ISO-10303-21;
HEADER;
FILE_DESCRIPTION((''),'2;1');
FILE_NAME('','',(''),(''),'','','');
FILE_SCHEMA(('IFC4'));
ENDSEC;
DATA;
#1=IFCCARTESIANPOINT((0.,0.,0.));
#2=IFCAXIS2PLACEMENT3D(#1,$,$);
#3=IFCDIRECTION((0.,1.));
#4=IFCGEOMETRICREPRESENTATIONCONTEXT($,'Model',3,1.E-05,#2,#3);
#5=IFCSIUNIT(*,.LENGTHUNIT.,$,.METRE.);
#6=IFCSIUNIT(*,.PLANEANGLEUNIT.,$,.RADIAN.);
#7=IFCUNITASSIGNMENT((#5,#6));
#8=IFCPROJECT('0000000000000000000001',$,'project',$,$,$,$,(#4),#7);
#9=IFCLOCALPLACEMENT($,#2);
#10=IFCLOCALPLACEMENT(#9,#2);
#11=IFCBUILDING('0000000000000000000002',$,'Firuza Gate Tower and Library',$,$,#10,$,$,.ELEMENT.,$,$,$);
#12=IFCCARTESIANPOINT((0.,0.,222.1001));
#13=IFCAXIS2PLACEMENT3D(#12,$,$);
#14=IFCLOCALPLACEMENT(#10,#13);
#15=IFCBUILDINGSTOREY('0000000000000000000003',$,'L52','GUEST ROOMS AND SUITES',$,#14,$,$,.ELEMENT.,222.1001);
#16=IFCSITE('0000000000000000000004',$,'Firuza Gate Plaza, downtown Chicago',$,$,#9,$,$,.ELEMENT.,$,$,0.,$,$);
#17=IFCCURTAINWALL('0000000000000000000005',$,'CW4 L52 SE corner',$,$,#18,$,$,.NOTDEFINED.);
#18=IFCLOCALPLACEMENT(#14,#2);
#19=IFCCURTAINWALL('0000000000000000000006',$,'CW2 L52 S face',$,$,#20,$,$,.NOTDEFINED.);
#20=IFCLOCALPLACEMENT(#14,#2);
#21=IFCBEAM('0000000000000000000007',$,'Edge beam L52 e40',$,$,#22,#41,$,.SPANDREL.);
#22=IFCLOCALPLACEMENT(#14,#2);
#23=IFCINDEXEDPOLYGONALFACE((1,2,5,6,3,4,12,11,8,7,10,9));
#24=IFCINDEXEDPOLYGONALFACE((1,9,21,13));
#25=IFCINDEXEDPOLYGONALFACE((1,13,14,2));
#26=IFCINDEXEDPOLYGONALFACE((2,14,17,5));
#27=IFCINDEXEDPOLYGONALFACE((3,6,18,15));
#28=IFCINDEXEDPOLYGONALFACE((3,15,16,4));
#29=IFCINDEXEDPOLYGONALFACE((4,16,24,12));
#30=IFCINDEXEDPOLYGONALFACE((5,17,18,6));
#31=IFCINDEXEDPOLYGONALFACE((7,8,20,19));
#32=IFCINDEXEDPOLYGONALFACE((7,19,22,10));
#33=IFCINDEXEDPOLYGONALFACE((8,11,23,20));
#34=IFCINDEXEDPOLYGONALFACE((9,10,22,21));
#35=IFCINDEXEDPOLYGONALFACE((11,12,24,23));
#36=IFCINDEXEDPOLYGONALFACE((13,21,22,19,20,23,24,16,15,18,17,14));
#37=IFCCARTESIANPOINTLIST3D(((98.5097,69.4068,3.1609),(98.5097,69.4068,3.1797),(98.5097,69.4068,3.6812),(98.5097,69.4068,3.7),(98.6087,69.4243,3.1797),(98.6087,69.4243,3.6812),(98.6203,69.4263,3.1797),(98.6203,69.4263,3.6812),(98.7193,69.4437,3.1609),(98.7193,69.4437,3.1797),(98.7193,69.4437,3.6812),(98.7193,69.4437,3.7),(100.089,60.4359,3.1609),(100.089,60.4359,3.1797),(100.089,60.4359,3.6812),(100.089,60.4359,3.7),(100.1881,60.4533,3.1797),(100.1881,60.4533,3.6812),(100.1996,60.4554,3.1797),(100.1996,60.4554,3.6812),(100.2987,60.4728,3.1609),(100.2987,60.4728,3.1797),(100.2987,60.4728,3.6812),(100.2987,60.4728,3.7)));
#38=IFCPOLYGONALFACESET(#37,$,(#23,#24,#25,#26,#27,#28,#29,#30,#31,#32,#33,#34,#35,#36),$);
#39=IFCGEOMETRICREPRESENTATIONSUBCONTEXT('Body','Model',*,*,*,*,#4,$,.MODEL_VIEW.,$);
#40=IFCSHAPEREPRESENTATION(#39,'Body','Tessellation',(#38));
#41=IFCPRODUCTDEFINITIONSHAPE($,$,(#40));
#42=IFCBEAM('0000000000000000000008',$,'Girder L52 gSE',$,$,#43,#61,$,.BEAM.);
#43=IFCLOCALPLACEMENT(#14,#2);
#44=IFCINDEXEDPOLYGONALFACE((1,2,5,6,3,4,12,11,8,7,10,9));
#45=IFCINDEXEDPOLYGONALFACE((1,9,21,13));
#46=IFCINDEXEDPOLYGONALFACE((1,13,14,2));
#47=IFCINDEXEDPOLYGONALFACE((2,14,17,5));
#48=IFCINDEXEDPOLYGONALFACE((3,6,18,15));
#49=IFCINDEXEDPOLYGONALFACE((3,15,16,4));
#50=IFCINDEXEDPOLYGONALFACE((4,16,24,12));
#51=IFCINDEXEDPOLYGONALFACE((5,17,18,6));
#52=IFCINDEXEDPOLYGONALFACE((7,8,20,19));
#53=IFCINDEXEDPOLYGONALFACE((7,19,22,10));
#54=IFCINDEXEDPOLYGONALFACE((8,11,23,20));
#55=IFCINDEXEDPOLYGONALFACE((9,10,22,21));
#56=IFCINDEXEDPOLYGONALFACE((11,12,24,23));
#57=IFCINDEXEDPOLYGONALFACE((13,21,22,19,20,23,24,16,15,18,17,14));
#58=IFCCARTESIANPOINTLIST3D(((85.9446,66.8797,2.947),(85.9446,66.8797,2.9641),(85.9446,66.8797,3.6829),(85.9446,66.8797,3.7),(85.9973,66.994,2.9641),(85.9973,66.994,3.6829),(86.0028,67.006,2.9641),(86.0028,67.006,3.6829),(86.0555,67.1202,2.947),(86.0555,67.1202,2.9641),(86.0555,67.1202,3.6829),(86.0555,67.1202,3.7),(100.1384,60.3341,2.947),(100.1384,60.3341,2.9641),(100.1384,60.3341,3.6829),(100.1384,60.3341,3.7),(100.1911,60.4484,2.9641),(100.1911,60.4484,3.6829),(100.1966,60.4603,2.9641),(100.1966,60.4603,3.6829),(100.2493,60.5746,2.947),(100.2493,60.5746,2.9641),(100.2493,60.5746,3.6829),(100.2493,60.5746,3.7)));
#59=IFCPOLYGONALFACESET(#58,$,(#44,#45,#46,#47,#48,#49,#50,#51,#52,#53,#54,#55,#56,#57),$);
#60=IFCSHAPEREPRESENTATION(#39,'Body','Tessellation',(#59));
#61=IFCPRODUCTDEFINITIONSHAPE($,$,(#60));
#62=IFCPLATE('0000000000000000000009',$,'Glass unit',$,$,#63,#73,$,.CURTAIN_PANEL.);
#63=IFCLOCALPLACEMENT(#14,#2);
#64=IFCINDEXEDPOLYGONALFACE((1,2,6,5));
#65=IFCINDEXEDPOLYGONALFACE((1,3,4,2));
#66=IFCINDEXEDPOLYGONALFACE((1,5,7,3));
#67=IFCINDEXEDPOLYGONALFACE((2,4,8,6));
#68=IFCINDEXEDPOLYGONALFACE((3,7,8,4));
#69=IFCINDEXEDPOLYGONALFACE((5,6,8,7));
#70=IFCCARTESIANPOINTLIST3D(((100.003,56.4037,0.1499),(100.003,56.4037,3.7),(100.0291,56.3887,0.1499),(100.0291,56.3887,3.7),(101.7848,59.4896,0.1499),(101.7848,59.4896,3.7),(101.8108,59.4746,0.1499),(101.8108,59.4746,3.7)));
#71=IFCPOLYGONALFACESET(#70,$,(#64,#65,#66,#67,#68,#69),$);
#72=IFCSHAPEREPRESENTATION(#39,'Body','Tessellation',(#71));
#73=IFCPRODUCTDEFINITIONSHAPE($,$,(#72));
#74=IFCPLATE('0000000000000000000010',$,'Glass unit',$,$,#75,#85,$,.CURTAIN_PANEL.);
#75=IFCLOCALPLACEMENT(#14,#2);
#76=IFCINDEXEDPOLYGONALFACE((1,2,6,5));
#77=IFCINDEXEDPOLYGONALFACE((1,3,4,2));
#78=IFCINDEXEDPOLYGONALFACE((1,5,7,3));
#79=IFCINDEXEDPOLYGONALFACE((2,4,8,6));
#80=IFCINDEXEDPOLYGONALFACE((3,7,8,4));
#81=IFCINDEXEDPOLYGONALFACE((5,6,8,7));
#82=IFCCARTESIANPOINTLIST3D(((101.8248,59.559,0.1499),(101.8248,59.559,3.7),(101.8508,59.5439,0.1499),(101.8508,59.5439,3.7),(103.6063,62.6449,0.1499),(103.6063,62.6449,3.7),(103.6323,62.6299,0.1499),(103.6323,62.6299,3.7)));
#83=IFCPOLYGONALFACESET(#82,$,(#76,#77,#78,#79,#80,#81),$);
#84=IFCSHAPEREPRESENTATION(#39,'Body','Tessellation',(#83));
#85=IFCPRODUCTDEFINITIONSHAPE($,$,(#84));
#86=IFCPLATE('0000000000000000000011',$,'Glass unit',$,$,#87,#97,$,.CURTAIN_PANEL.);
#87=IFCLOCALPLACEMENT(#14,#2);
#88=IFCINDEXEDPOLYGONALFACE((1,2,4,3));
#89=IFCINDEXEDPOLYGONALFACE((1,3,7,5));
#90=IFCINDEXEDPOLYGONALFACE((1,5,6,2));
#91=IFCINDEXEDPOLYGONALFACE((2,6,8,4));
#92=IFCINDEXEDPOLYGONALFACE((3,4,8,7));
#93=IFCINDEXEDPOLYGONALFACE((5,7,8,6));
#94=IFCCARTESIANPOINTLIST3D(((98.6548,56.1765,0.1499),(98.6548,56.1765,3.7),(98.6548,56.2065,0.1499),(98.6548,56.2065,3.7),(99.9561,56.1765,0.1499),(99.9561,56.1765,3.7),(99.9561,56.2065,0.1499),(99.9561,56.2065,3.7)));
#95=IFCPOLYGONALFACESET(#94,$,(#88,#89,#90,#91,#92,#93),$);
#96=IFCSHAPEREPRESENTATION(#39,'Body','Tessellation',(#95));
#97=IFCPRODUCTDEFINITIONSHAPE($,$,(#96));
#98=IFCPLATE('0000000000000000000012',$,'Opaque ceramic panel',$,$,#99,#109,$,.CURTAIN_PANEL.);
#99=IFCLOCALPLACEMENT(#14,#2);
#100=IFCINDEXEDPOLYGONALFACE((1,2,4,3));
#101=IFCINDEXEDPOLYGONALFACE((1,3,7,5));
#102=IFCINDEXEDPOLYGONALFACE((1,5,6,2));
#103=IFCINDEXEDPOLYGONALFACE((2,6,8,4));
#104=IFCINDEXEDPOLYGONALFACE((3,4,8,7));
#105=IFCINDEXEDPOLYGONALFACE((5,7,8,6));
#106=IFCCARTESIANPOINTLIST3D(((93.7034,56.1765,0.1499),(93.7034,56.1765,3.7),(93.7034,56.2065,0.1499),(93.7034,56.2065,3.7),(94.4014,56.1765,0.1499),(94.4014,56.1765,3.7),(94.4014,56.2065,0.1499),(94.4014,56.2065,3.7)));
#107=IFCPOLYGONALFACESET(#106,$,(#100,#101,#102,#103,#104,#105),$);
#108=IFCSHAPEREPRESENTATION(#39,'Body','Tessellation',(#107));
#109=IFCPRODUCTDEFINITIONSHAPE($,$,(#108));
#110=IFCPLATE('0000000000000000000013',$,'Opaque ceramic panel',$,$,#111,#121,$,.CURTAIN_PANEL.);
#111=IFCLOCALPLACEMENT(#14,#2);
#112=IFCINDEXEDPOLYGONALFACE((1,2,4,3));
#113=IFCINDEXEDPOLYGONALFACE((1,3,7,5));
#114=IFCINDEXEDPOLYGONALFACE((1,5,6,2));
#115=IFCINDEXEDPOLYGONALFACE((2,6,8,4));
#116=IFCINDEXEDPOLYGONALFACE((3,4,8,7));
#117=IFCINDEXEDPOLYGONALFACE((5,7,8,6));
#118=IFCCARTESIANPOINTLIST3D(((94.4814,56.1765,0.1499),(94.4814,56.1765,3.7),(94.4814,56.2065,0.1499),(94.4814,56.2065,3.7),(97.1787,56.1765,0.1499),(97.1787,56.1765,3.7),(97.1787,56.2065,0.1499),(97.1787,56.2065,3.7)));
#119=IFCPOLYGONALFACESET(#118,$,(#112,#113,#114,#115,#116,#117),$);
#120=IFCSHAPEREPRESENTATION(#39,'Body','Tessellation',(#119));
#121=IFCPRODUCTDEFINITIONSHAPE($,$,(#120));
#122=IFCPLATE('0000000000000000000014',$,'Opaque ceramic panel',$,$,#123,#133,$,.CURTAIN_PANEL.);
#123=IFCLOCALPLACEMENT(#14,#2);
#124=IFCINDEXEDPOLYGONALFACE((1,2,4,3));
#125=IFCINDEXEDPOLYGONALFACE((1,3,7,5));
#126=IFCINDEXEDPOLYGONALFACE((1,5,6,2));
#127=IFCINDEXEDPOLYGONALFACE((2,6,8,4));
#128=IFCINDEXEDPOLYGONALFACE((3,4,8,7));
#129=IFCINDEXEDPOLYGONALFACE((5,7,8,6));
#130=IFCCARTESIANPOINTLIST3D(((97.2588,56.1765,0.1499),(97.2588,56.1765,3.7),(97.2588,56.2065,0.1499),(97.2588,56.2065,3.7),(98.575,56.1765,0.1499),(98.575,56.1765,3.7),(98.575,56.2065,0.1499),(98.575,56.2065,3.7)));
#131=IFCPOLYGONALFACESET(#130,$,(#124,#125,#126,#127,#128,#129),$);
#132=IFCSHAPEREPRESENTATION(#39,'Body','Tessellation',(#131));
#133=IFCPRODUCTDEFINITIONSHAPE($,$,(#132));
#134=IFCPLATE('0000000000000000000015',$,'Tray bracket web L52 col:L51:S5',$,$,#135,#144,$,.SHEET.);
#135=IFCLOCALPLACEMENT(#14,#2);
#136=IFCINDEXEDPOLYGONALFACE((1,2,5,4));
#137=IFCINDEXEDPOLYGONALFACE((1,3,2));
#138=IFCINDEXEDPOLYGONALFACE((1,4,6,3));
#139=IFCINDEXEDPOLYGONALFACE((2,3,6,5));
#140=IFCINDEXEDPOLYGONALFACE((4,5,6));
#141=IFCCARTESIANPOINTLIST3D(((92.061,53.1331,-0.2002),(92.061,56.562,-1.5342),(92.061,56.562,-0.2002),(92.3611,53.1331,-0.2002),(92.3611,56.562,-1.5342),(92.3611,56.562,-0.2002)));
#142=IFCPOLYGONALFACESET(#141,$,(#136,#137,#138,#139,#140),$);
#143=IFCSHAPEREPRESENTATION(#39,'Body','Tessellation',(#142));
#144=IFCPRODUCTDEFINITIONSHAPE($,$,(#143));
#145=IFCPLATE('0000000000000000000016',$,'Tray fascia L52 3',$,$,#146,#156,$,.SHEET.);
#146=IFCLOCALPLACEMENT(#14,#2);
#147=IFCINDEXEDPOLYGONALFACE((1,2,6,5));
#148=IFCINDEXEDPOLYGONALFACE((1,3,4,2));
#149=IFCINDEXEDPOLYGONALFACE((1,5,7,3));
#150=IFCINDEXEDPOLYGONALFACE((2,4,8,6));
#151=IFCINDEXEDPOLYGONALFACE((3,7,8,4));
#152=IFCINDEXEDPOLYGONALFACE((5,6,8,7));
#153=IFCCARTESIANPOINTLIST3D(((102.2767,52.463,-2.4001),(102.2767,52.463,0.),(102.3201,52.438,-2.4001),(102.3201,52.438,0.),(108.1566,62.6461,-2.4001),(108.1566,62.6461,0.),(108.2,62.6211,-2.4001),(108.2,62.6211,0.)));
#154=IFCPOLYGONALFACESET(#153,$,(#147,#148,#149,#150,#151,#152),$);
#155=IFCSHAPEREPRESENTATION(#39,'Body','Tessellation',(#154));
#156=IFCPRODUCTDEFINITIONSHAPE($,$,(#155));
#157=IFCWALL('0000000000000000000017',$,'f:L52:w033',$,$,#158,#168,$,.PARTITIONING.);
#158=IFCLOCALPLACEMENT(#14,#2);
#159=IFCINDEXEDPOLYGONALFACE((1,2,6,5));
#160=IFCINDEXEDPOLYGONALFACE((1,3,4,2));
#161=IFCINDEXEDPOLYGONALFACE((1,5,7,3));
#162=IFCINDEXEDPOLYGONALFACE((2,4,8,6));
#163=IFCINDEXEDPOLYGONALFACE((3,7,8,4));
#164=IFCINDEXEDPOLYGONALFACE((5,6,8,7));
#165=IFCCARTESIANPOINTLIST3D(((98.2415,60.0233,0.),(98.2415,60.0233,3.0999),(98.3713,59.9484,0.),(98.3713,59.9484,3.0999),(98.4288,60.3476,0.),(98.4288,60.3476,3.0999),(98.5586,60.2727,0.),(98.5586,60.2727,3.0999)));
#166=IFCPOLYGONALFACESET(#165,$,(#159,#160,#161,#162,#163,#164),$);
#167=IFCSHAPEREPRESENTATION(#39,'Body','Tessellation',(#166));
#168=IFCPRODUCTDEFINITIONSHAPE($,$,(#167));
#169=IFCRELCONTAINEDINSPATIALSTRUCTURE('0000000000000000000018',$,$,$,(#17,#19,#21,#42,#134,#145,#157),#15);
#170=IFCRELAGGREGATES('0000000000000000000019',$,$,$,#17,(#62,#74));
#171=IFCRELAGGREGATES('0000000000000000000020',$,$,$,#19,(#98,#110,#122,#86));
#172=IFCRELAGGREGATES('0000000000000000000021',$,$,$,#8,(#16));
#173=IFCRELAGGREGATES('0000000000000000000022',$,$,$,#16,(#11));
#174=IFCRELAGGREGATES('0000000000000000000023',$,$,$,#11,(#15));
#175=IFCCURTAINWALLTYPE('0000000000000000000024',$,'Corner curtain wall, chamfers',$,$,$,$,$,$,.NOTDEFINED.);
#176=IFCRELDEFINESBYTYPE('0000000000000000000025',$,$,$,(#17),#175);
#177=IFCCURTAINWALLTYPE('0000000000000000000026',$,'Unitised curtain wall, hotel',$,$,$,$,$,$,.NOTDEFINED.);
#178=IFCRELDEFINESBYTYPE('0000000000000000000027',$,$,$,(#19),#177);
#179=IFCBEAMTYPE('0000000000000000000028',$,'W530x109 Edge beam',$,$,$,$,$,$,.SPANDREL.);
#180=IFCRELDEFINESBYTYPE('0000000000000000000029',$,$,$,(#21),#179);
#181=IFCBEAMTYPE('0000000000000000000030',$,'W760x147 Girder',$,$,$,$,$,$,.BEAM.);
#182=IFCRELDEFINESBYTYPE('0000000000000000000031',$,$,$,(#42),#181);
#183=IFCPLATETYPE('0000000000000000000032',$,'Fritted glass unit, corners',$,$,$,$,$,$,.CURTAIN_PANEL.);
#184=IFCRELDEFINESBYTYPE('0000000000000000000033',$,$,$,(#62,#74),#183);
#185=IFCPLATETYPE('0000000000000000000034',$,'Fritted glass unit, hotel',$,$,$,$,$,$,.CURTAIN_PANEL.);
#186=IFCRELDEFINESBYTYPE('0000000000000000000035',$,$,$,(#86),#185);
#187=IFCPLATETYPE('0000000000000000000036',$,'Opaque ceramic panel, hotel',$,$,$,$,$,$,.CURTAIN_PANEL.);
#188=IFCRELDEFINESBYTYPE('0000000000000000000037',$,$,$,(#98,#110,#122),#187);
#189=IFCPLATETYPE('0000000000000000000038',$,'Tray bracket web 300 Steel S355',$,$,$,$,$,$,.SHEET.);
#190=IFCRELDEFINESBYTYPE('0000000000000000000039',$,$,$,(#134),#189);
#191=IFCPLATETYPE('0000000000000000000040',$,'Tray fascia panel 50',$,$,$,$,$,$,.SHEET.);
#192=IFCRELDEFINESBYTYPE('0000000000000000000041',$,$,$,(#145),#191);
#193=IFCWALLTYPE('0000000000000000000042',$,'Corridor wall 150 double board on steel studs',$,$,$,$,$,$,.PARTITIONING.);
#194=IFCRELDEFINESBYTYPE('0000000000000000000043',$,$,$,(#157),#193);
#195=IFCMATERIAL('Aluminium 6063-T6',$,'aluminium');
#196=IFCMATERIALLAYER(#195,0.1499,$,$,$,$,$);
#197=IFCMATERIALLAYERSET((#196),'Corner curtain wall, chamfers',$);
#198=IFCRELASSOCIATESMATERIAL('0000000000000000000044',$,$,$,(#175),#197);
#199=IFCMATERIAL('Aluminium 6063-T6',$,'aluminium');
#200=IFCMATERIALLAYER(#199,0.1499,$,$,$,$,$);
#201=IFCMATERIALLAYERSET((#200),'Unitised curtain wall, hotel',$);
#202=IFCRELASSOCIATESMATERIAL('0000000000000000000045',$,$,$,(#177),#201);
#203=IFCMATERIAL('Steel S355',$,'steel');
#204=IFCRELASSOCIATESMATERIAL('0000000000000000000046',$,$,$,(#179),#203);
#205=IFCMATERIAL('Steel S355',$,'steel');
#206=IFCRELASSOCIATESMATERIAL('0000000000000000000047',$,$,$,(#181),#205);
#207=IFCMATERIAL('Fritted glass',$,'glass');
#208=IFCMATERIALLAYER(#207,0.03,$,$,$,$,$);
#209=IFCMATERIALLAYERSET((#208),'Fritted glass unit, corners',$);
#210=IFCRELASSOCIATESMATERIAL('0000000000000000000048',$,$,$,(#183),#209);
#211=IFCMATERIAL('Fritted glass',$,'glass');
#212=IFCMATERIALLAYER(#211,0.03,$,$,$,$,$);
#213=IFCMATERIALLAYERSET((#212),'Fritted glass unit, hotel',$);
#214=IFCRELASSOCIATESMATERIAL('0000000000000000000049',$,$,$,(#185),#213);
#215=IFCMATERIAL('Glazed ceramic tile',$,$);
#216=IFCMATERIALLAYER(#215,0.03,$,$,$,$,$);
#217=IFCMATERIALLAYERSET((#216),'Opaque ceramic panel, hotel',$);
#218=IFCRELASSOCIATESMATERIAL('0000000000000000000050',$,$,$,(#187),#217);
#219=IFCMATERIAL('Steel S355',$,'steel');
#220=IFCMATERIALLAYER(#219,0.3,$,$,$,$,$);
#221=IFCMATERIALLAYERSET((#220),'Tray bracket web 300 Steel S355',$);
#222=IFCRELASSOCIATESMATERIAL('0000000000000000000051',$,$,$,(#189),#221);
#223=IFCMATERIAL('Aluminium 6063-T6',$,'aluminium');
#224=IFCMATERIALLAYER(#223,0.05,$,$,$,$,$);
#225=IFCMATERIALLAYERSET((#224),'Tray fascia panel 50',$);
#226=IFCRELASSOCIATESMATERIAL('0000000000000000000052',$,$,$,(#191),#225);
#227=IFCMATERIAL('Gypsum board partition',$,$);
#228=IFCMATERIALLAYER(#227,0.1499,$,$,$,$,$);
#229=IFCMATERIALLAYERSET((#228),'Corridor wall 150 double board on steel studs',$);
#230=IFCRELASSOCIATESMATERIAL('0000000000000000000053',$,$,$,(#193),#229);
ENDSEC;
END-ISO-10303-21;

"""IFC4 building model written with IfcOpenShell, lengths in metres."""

from ifc_helpers import new_model, si_unit, direction, frame, frame_2d, origin, origin_2d, place, context, subcontext, project, spatial, polyline, rectangle, i_section, outline, extrude, material, layer, layer_set, material_profile, profile_set, type_object, element, aggregate, save


model = new_model("IFC4")

# Units and contexts
model_context = context("Model", 3, precision=1e-05, world=origin(), true_north=direction((0.0, 1.0)))
body_context = subcontext(model_context, "Body", "Model", "MODEL_VIEW")
ifc_project = project(units=[si_unit("LENGTHUNIT", "METRE"), si_unit("PLANEANGLEUNIT", "RADIAN")], contexts=[model_context])

# Site, building, storey
site_placement = place(None, origin())
site = spatial("IfcSite", under=ifc_project, at=site_placement, Name="Firuza Gate Plaza, downtown Chicago", CompositionType="ELEMENT", RefElevation=0.0)
building_placement = place(site_placement, origin())
building = spatial("IfcBuilding", under=site, at=building_placement, Name="Firuza Gate Tower and Library", CompositionType="ELEMENT")
storey_placement = place(building_placement, frame((0.0, 0.0, 222.1001)))
storey = spatial("IfcBuildingStorey", under=building, at=storey_placement, Name="L52", Description="GUEST ROOMS AND SUITES", CompositionType="ELEMENT", Elevation=222.1001)

# Curtain walls
ifc_material_1 = material(Name="Aluminium 6063-T6", Category="aluminium")
ifc_layer_1 = layer(ifc_material_1, 0.1499)
ifc_layer_set_1 = layer_set([ifc_layer_1], Name="Corner curtain wall, chamfers")
curtain_wall_type_1 = type_object("IfcCurtainWallType", Name="Corner curtain wall, chamfers", PredefinedType="NOTDEFINED", material=ifc_layer_set_1)
placement = place(storey_placement, origin())
curtain_wall_1 = element("IfcCurtainWall", 1, at=placement, inside=storey, type_object=curtain_wall_type_1, Name="CW4 L52 SE corner", PredefinedType="NOTDEFINED")
ifc_material_2 = material(Name="Aluminium 6063-T6", Category="aluminium")
ifc_layer_2 = layer(ifc_material_2, 0.1499)
ifc_layer_set_2 = layer_set([ifc_layer_2], Name="Unitised curtain wall, hotel")
curtain_wall_type_2 = type_object("IfcCurtainWallType", Name="Unitised curtain wall, hotel", PredefinedType="NOTDEFINED", material=ifc_layer_set_2)
curtain_wall_2 = element("IfcCurtainWall", 2, at=placement, inside=storey, type_object=curtain_wall_type_2, Name="CW2 L52 S face", PredefinedType="NOTDEFINED")

# Beams
ifc_material_3 = material(Name="Steel S355", Category="steel")
ifc_material_profile_1 = material_profile(ifc_material_3, i_section(OverallWidth=0.2129, OverallDepth=0.5391, WebThickness=0.0117, FlangeThickness=0.0188, at=origin_2d()))
ifc_profile_set_1 = profile_set([ifc_material_profile_1], Name="Steel S355")
beam_type_1 = type_object("IfcBeamType", Name="W530x109 Edge beam", PredefinedType="SPANDREL", material=ifc_profile_set_1)
beam_1_placement = place(storey_placement, frame((100.1938, 60.4543, 3.4304), z_axis=(-0.173385, 0.984854, 0.0), x_axis=(-0.984854, -0.173385, 0.0)))
element("IfcBeam", 3, at=beam_1_placement, inside=storey, type_object=beam_type_1, Name="Edge beam L52 e40", PredefinedType="SPANDREL", context=body_context, shape_type="SweptSolid", body=[
    extrude(i_section(OverallWidth=0.2129, OverallDepth=0.5391, WebThickness=0.0117, FlangeThickness=0.0188, at=origin_2d()), origin(), (0.0, 0.0, 1.0), 9.1089),
])
ifc_material_4 = material(Name="Steel S355", Category="steel")
ifc_material_profile_2 = material_profile(ifc_material_4, i_section(OverallWidth=0.2649, OverallDepth=0.7529, WebThickness=0.0132, FlangeThickness=0.0171, at=origin_2d()))
ifc_profile_set_2 = profile_set([ifc_material_profile_2], Name="Steel S355")
beam_type_2 = type_object("IfcBeamType", Name="W760x147 Girder", PredefinedType="BEAM", material=ifc_profile_set_2)
beam_2_placement = place(storey_placement, frame((100.1938, 60.4543, 3.3235), z_axis=(-0.90809, 0.418776, 0.0), x_axis=(-0.418776, -0.90809, 0.0)))
element("IfcBeam", 4, at=beam_2_placement, inside=storey, type_object=beam_type_2, Name="Girder L52 gSE", PredefinedType="BEAM", context=body_context, shape_type="SweptSolid", body=[
    extrude(i_section(OverallWidth=0.2649, OverallDepth=0.7529, WebThickness=0.0132, FlangeThickness=0.0171, at=origin_2d()), origin(), (0.0, 0.0, 1.0), 15.6304),
])

# Plates
ifc_material_5 = material(Name="Fritted glass", Category="glass")
ifc_layer_3 = layer(ifc_material_5, 0.03)
ifc_layer_set_3 = layer_set([ifc_layer_3], Name="Fritted glass unit, corners")
plate_type_1 = type_object("IfcPlateType", Name="Fritted glass unit, corners", PredefinedType="CURTAIN_PANEL", material=ifc_layer_set_3)
plate_1_placement = place(storey_placement, frame((100.0291, 56.3887, 0.1499), z_axis=(0.866017, -0.500015, 0.0), x_axis=(0.500015, 0.866017, 0.0)))
plate_1 = element("IfcPlate", 5, at=plate_1_placement, type_object=plate_type_1, Name="Glass unit", PredefinedType="CURTAIN_PANEL", context=body_context, shape_type="SweptSolid", body=[
    extrude(outline(polyline([(0.0, 0.0), (3.5634, 0.0), (3.5634, 3.55), (0.0, 3.55), (0.0, 0.0)])), origin(), (0.0, 0.0, -1.0), 0.03),
])
plate_2_placement = place(storey_placement, frame((101.8508, 59.5439, 0.1499), z_axis=(0.866046, -0.499964, 0.0), x_axis=(0.499964, 0.866046, 0.0)))
plate_2 = element("IfcPlate", 6, at=plate_2_placement, type_object=plate_type_1, Name="Glass unit", PredefinedType="CURTAIN_PANEL", context=body_context, shape_type="SweptSolid", body=[
    extrude(outline(polyline([(0.0, 0.0), (3.5632, 0.0), (3.5632, 3.55), (0.0, 3.55), (0.0, 0.0)])), origin(), (0.0, 0.0, -1.0), 0.03),
])
aggregate(curtain_wall_1, [plate_1, plate_2])
ifc_material_6 = material(Name="Fritted glass", Category="glass")
ifc_layer_4 = layer(ifc_material_6, 0.03)
ifc_layer_set_4 = layer_set([ifc_layer_4], Name="Fritted glass unit, hotel")
plate_type_2 = type_object("IfcPlateType", Name="Fritted glass unit, hotel", PredefinedType="CURTAIN_PANEL", material=ifc_layer_set_4)
plate_3_placement = place(storey_placement, frame((98.6548, 56.1765, 0.1499), z_axis=(0.0, -1.0, 0.0), x_axis=(1.0, 0.0, 0.0)))
plate_3 = element("IfcPlate", 7, at=plate_3_placement, type_object=plate_type_2, Name="Glass unit", PredefinedType="CURTAIN_PANEL", context=body_context, shape_type="SweptSolid", body=[
    extrude(outline(polyline([(0.0, 0.0), (1.3013, 0.0), (1.3013, 3.55), (0.0, 3.55), (0.0, 0.0)])), origin(), (0.0, 0.0, -1.0), 0.03),
])
ifc_material_7 = material(Name="Glazed ceramic tile")
ifc_layer_5 = layer(ifc_material_7, 0.03)
ifc_layer_set_5 = layer_set([ifc_layer_5], Name="Opaque ceramic panel, hotel")
plate_type_3 = type_object("IfcPlateType", Name="Opaque ceramic panel, hotel", PredefinedType="CURTAIN_PANEL", material=ifc_layer_set_5)
plate_4_placement = place(storey_placement, frame((93.7034, 56.1765, 0.1499), z_axis=(0.0, -1.0, 0.0), x_axis=(1.0, 0.0, 0.0)))
plate_4 = element("IfcPlate", 8, at=plate_4_placement, type_object=plate_type_3, Name="Opaque ceramic panel", PredefinedType="CURTAIN_PANEL", context=body_context, shape_type="SweptSolid", body=[
    extrude(outline(polyline([(0.0, 0.0), (0.698, 0.0), (0.698, 3.55), (0.0, 3.55), (0.0, 0.0)])), origin(), (0.0, 0.0, -1.0), 0.03),
])
plate_5_placement = place(storey_placement, frame((94.4814, 56.1765, 0.1499), z_axis=(0.0, -1.0, 0.0), x_axis=(1.0, 0.0, 0.0)))
plate_5 = element("IfcPlate", 9, at=plate_5_placement, type_object=plate_type_3, Name="Opaque ceramic panel", PredefinedType="CURTAIN_PANEL", context=body_context, shape_type="SweptSolid", body=[
    extrude(outline(polyline([(0.0, 0.0), (2.6973, 0.0), (2.6973, 3.55), (0.0, 3.55), (0.0, 0.0)])), origin(), (0.0, 0.0, -1.0), 0.03),
])
plate_6_placement = place(storey_placement, frame((97.2588, 56.1765, 0.1499), z_axis=(0.0, -1.0, 0.0), x_axis=(1.0, 0.0, 0.0)))
plate_6 = element("IfcPlate", 10, at=plate_6_placement, type_object=plate_type_3, Name="Opaque ceramic panel", PredefinedType="CURTAIN_PANEL", context=body_context, shape_type="SweptSolid", body=[
    extrude(outline(polyline([(0.0, 0.0), (1.3162, 0.0), (1.3162, 3.55), (0.0, 3.55), (0.0, 0.0)])), origin(), (0.0, 0.0, -1.0), 0.03),
])
aggregate(curtain_wall_2, [plate_4, plate_5, plate_6, plate_3])

# Plates
ifc_material_8 = material(Name="Steel S355", Category="steel")
ifc_layer_6 = layer(ifc_material_8, 0.3)
ifc_layer_set_6 = layer_set([ifc_layer_6], Name="Tray bracket web 300 Steel S355")
plate_type_4 = type_object("IfcPlateType", Name="Tray bracket web 300 Steel S355", PredefinedType="SHEET", material=ifc_layer_set_6)
plate_7_placement = place(storey_placement, frame((92.3611, 56.562, -0.2002), z_axis=(1.0, 0.0, 0.0), x_axis=(0.0, -1.0, 0.0)))
element("IfcPlate", 11, at=plate_7_placement, inside=storey, type_object=plate_type_4, Name="Tray bracket web L52 col:L51:S5", PredefinedType="SHEET", context=body_context, shape_type="SweptSolid", body=[
    extrude(outline(polyline([(0.0, 0.0), (3.429, 0.0), (0.0, 1.334), (0.0, 0.0)])), origin(), (0.0, 0.0, -1.0), 0.3),
])
ifc_material_9 = material(Name="Aluminium 6063-T6", Category="aluminium")
ifc_layer_7 = layer(ifc_material_9, 0.05)
ifc_layer_set_7 = layer_set([ifc_layer_7], Name="Tray fascia panel 50")
plate_type_5 = type_object("IfcPlateType", Name="Tray fascia panel 50", PredefinedType="SHEET", material=ifc_layer_set_7)
plate_8_placement = place(storey_placement, frame((102.3201, 52.438, -2.4001), z_axis=(0.866001, -0.500042, 0.0), x_axis=(0.500042, 0.866001, 0.0)))
element("IfcPlate", 12, at=plate_8_placement, inside=storey, type_object=plate_type_5, Name="Tray fascia L52 3", PredefinedType="SHEET", context=body_context, shape_type="SweptSolid", body=[
    extrude(outline(polyline([(0.0, 0.0), (11.7588, 0.0), (11.7588, 2.4001), (0.0, 2.4001), (0.0, 0.0)])), origin(), (0.0, 0.0, -1.0), 0.05),
])

# Wall
ifc_material_10 = material(Name="Gypsum board partition")
ifc_layer_8 = layer(ifc_material_10, 0.1499)
ifc_layer_set_8 = layer_set([ifc_layer_8], Name="Corridor wall 150 double board on steel studs")
wall_type_1 = type_object("IfcWallType", Name="Corridor wall 150 double board on steel studs", PredefinedType="PARTITIONING", material=ifc_layer_set_8)
wall_1_placement = place(storey_placement, frame((98.3064, 59.9858, 0.0), z_axis=(0.0, 0.0, 1.0), x_axis=(0.500136, 0.865947, 0.0)))
element("IfcWall", 13, at=wall_1_placement, inside=storey, type_object=wall_type_1, Name="f:L52:w033", PredefinedType="PARTITIONING", context=body_context, shape_type="SweptSolid", body=[
    extrude(rectangle(XDim=0.3745, YDim=0.1499, at=frame_2d((0.1873, 0.0))), origin(), (0.0, 0.0, 1.0), 3.0999),
])

save(model, "model.ifc")
